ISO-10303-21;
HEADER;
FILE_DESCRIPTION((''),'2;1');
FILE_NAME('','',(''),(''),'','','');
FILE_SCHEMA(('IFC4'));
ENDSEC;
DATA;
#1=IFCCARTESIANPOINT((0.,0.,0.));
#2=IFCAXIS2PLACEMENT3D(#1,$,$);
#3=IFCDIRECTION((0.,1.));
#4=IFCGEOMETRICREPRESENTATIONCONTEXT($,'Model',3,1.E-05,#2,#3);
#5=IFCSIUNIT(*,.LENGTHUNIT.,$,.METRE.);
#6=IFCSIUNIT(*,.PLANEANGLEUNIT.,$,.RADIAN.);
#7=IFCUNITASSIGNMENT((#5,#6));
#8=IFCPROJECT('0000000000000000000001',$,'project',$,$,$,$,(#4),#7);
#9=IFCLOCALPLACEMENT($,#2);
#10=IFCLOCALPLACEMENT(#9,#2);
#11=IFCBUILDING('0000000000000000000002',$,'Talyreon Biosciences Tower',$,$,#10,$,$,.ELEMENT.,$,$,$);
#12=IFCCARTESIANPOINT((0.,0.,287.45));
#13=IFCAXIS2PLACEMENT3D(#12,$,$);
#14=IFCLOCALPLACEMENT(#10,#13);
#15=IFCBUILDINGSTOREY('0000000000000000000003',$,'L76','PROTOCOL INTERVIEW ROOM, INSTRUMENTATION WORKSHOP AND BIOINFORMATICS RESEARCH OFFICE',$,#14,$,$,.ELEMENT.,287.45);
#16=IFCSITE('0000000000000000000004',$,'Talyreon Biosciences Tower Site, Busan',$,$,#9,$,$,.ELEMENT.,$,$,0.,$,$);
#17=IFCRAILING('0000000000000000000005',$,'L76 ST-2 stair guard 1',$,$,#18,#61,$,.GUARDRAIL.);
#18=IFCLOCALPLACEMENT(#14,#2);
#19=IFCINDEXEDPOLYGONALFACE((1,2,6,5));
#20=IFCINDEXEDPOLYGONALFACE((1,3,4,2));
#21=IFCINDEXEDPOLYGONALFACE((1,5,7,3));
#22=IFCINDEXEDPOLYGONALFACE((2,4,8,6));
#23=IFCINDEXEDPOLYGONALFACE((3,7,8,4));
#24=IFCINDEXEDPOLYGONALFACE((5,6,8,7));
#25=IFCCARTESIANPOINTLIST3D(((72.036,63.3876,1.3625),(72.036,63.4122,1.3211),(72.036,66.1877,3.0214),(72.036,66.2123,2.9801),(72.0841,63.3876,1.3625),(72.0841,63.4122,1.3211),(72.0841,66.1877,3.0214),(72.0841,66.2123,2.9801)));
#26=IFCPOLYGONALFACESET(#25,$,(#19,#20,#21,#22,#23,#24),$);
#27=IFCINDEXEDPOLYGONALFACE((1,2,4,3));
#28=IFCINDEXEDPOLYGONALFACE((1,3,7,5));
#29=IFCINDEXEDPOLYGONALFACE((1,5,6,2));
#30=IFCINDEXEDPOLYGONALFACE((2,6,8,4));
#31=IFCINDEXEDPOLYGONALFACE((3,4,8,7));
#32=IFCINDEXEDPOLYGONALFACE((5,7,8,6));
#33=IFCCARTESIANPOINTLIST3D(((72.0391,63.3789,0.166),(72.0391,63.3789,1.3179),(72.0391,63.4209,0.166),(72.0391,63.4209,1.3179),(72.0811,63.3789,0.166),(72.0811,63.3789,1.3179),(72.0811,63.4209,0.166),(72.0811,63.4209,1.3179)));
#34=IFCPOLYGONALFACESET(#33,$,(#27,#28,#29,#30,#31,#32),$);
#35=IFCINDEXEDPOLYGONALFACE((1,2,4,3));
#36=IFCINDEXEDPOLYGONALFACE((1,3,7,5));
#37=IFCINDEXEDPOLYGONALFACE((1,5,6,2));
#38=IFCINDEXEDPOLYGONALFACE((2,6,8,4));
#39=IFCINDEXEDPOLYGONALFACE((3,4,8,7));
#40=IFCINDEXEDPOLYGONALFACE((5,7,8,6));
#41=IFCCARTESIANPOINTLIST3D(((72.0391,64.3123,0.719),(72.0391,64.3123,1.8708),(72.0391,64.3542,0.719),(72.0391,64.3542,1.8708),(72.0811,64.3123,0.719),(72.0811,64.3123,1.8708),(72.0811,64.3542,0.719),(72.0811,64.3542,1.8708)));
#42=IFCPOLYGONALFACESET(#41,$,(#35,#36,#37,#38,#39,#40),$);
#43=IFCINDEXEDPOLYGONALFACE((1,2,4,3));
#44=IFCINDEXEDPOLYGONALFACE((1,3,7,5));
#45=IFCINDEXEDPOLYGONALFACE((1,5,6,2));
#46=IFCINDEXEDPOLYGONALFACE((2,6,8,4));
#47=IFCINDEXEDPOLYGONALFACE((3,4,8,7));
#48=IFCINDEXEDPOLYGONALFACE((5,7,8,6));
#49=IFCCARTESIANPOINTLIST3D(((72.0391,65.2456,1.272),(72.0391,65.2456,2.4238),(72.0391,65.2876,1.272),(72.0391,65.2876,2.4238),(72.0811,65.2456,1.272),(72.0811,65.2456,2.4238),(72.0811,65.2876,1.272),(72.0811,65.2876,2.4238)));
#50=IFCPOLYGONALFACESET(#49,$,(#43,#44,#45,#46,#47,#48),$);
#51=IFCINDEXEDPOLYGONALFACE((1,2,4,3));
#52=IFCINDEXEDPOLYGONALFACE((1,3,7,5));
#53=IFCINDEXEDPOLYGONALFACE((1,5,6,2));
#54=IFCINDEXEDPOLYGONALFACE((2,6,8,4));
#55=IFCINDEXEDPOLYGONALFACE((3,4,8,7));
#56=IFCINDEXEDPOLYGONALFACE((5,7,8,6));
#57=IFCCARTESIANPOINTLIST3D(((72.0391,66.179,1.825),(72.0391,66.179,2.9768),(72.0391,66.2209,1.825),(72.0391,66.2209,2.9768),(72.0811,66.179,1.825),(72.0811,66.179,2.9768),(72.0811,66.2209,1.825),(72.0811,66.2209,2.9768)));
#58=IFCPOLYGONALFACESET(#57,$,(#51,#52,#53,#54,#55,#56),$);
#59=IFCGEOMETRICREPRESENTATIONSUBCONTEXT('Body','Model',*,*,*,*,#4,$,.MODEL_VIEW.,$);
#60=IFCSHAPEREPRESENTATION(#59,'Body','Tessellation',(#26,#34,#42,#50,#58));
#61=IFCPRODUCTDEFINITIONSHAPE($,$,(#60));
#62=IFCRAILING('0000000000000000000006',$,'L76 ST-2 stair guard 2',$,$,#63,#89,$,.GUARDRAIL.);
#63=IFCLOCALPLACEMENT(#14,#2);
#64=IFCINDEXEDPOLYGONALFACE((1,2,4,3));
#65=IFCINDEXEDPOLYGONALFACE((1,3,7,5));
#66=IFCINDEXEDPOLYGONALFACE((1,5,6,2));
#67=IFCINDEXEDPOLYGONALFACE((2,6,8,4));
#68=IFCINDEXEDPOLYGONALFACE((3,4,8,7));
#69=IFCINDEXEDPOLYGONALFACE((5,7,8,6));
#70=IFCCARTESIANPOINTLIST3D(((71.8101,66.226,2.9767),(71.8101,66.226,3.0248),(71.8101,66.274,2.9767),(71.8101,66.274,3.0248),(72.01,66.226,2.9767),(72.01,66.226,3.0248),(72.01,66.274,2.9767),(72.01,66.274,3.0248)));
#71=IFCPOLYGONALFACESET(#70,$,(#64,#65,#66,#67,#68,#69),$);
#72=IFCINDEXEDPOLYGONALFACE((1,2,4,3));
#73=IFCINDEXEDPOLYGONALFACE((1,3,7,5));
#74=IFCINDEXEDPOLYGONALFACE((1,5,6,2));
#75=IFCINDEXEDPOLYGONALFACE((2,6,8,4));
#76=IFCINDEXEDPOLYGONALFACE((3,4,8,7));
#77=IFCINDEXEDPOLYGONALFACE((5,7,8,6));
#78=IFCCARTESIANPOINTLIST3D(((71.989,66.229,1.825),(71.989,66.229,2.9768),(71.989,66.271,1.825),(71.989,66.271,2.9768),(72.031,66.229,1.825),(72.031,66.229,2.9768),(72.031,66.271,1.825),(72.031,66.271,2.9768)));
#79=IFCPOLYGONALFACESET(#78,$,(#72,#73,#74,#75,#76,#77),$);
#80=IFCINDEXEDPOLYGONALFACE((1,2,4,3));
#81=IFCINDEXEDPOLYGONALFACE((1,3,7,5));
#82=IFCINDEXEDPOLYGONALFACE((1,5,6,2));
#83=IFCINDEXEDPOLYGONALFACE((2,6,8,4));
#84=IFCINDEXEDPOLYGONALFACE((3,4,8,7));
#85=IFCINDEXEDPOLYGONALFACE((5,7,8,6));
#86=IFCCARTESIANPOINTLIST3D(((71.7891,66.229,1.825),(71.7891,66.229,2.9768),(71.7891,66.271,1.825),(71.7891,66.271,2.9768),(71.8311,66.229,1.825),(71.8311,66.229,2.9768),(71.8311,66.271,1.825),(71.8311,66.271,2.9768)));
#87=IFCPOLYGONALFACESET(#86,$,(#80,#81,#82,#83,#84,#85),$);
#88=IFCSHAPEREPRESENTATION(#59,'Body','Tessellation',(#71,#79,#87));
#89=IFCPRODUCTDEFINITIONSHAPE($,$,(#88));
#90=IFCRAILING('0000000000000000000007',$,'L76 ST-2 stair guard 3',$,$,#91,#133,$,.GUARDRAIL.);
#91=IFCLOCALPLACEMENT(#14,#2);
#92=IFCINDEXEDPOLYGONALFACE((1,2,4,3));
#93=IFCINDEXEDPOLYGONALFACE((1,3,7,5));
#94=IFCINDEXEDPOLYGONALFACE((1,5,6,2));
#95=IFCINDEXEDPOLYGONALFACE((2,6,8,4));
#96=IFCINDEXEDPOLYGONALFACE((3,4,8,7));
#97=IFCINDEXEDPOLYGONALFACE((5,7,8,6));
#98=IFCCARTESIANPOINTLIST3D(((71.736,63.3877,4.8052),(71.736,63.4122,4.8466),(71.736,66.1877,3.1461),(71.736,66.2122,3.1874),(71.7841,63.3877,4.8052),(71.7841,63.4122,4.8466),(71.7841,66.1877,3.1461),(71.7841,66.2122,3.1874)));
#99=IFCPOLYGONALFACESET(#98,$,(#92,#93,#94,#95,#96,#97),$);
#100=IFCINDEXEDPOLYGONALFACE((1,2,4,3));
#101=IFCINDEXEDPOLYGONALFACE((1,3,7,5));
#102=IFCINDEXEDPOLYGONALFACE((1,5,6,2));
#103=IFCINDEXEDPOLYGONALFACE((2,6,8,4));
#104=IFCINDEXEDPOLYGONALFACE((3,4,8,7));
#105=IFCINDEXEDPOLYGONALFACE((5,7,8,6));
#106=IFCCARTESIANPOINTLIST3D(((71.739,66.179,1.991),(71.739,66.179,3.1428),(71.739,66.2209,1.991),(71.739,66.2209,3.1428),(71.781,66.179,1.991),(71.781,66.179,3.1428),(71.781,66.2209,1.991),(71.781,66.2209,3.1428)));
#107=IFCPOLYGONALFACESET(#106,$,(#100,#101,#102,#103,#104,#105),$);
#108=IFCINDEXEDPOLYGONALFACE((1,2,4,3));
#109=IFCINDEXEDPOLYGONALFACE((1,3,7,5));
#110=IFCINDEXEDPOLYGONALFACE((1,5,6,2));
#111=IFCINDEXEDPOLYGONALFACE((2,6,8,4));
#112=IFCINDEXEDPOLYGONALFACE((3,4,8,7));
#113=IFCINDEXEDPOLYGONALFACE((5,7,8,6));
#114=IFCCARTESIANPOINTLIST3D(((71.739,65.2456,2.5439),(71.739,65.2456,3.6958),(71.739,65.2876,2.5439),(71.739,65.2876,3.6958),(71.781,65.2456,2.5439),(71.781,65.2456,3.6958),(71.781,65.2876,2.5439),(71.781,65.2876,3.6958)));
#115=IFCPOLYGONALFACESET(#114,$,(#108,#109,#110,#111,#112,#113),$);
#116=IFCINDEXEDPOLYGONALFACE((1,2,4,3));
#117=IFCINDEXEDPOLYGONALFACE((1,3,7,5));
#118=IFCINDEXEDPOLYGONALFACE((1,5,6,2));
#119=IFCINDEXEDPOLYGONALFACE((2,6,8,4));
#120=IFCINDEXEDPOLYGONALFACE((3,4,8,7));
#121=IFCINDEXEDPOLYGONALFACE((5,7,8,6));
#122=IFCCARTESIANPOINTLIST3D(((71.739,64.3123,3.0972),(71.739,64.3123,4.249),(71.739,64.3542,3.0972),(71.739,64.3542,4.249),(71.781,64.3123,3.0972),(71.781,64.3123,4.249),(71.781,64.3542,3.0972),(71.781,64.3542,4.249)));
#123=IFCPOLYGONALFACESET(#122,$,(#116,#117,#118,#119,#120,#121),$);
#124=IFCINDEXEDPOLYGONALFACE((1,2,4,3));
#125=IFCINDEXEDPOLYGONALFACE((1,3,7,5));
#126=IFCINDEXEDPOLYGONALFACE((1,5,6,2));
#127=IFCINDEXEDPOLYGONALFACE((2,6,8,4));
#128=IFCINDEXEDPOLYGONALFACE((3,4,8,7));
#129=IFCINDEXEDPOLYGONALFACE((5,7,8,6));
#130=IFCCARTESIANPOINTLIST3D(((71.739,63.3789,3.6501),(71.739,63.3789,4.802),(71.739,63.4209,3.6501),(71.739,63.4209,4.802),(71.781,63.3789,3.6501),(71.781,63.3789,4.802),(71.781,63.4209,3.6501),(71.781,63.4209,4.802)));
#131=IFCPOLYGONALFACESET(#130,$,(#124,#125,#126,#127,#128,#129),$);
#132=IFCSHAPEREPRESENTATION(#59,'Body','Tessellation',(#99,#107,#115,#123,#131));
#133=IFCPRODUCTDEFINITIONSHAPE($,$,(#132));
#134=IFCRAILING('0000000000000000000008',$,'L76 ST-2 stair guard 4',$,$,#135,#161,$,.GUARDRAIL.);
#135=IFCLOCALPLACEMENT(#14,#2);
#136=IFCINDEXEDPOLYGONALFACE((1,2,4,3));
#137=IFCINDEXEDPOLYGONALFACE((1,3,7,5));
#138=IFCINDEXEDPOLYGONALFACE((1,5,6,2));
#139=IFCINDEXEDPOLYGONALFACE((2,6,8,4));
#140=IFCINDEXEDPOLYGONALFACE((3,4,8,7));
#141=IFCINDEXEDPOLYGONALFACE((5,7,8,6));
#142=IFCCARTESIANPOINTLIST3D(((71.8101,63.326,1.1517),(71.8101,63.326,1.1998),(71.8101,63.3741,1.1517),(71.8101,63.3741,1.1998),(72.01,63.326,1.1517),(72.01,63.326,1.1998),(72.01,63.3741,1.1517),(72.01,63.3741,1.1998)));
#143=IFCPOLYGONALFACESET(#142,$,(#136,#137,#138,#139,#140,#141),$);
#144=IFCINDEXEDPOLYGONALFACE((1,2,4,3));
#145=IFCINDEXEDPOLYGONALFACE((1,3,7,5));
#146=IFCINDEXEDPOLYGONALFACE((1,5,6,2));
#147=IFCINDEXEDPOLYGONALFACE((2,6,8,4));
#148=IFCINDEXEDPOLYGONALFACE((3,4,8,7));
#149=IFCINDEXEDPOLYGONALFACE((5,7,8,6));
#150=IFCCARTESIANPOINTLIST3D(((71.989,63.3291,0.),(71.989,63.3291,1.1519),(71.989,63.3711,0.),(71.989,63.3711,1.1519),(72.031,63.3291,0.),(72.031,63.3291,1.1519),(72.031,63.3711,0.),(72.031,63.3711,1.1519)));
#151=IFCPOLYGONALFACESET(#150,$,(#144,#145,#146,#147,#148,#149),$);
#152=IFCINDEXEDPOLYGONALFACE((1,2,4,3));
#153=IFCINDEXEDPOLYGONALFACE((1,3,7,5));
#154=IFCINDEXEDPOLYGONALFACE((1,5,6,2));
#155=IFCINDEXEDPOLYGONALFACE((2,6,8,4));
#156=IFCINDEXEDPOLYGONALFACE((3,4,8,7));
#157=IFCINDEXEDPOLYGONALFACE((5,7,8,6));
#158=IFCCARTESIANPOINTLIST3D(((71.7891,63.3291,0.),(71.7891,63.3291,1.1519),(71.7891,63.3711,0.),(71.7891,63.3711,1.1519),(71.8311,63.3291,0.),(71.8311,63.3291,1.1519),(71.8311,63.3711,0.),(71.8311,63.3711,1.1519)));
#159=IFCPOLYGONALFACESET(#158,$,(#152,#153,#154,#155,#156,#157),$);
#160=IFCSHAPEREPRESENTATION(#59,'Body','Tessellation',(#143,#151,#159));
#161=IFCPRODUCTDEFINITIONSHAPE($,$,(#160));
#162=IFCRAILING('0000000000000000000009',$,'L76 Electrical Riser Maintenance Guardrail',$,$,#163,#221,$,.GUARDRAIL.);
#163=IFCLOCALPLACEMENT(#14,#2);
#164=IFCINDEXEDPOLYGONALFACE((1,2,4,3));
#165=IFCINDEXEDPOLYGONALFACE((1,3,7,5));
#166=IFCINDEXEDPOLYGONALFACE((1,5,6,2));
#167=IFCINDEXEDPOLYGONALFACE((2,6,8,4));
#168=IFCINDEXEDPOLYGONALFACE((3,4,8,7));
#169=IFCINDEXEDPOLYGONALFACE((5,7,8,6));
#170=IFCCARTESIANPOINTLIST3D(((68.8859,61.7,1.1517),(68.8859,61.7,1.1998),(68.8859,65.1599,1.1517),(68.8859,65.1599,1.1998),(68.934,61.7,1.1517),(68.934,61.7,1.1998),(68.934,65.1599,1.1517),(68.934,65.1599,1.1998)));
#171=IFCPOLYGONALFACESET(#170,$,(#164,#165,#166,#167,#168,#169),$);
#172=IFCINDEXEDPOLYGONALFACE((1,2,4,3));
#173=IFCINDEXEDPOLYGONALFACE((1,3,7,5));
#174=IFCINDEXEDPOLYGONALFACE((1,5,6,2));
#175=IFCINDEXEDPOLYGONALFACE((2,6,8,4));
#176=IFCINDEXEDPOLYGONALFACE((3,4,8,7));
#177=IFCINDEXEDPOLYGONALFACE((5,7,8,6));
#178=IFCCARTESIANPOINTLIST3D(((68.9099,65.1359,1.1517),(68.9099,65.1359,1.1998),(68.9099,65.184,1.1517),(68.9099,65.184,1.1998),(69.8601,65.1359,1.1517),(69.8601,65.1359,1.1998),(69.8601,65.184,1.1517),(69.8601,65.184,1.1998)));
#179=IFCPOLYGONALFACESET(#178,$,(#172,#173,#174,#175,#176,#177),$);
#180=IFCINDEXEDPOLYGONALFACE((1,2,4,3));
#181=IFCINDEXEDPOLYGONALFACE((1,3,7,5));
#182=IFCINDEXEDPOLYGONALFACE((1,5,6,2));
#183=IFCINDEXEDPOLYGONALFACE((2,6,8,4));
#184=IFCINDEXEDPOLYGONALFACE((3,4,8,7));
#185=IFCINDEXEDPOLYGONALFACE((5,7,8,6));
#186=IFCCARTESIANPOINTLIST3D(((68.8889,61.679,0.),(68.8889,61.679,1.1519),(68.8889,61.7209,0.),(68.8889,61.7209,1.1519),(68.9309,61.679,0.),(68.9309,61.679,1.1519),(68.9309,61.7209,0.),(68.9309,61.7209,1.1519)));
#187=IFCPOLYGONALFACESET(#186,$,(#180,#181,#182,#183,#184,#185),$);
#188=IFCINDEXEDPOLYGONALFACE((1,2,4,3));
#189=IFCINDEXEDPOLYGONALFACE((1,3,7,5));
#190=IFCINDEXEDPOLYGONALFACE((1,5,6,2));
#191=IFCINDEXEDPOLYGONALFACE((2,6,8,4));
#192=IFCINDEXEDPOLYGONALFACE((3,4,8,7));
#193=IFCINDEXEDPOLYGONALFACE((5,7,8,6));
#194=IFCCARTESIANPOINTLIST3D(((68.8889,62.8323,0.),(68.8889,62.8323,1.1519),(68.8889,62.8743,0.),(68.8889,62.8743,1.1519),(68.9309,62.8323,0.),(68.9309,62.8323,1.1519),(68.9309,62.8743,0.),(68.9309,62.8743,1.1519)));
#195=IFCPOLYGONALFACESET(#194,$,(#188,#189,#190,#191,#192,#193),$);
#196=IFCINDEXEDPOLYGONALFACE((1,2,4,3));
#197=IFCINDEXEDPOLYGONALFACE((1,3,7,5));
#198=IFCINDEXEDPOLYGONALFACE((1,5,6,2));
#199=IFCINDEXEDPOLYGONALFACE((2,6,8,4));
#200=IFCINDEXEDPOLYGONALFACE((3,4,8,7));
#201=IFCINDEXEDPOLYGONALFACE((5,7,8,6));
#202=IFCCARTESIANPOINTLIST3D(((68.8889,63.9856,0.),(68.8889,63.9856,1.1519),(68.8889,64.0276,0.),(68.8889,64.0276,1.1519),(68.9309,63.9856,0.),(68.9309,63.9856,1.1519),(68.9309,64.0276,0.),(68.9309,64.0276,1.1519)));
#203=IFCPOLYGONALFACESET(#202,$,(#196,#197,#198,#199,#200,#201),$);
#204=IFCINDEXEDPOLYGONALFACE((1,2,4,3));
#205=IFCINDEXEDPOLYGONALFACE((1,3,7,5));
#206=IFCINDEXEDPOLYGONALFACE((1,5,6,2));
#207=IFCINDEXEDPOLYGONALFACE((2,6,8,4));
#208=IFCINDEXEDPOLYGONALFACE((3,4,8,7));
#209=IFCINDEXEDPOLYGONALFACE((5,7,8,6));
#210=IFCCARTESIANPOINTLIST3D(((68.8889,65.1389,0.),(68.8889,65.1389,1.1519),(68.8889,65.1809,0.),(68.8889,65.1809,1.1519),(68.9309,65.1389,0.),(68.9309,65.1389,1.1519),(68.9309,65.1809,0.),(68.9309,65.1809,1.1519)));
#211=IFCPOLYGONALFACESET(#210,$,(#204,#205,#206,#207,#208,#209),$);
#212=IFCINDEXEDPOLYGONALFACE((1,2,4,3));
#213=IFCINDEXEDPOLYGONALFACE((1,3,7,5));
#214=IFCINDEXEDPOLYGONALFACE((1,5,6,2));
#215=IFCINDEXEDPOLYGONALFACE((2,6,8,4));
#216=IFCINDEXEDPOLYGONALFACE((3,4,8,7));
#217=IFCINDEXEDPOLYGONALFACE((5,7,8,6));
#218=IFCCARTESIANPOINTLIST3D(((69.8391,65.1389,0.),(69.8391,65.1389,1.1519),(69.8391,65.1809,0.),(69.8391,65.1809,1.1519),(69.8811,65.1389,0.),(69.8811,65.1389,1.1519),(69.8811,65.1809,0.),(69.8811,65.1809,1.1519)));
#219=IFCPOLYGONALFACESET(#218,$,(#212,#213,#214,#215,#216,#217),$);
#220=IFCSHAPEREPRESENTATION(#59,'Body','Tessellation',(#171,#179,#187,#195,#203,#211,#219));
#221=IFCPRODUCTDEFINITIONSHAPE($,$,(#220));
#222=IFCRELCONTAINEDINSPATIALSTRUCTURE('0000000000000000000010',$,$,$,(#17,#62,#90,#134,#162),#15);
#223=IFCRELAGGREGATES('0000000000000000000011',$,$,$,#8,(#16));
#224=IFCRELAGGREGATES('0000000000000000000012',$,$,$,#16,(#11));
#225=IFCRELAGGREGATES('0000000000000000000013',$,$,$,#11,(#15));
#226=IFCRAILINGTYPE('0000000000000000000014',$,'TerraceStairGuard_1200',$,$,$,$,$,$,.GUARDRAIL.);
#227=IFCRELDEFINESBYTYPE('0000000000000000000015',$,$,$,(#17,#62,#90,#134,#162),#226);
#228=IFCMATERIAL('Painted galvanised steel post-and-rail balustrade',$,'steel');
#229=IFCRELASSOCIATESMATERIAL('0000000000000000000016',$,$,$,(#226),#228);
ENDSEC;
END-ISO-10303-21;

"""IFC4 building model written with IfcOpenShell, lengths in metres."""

from ifc_helpers import new_model, si_unit, direction, frame, origin, origin_2d, place, context, subcontext, project, spatial, rectangle, extrude, material, type_object, element, save


model = new_model("IFC4")

# Units and contexts
model_context = context("Model", 3, precision=1e-05, world=origin(), true_north=direction((0.0, 1.0)))
body_context = subcontext(model_context, "Body", "Model", "MODEL_VIEW")
ifc_project = project(units=[si_unit("LENGTHUNIT", "METRE"), si_unit("PLANEANGLEUNIT", "RADIAN")], contexts=[model_context])

# Site, building, storey
site_placement = place(None, origin())
site = spatial("IfcSite", under=ifc_project, at=site_placement, Name="Talyreon Biosciences Tower Site, Busan", CompositionType="ELEMENT", RefElevation=0.0)
building_placement = place(site_placement, origin())
building = spatial("IfcBuilding", under=site, at=building_placement, Name="Talyreon Biosciences Tower", CompositionType="ELEMENT")
storey_placement = place(building_placement, frame((0.0, 0.0, 287.45)))
storey = spatial("IfcBuildingStorey", under=building, at=storey_placement, Name="L76", Description="PROTOCOL INTERVIEW ROOM, INSTRUMENTATION WORKSHOP AND BIOINFORMATICS RESEARCH OFFICE", CompositionType="ELEMENT", Elevation=287.45)

# Railings
ifc_material_1 = material(Name="Painted galvanised steel post-and-rail balustrade", Category="steel")
railing_type_1 = type_object("IfcRailingType", Name="TerraceStairGuard_1200", PredefinedType="GUARDRAIL", material=ifc_material_1)
railing_1_placement = place(storey_placement, frame((72.0601, 63.3999, 0.166)))
element("IfcRailing", 1, at=railing_1_placement, inside=storey, type_object=railing_type_1, Name="L76 ST-2 stair guard 1", PredefinedType="GUARDRAIL", context=body_context, shape_type="SweptSolid", body=[
    extrude(rectangle(XDim=0.0481, YDim=0.0481, at=origin_2d()), frame((0.0, 0.0, 1.1758), z_axis=(0.0, 0.860339, 0.509722), x_axis=(-1.0, 0.0, 0.0)), (0.0, 0.0, 1.0), 3.2546),
    extrude(rectangle(XDim=0.042, YDim=0.042, at=origin_2d()), origin(), (0.0, 0.0, 1.0), 1.1519),
    extrude(rectangle(XDim=0.042, YDim=0.042, at=origin_2d()), frame((0.0, 0.9333, 0.553)), (0.0, 0.0, 1.0), 1.1519),
    extrude(rectangle(XDim=0.042, YDim=0.042, at=origin_2d()), frame((0.0, 1.8667, 1.106)), (0.0, 0.0, 1.0), 1.1519),
    extrude(rectangle(XDim=0.042, YDim=0.042, at=origin_2d()), frame((0.0, 2.8, 1.6589)), (0.0, 0.0, 1.0), 1.1519),
])
railing_2_placement = place(storey_placement, frame((72.01, 66.25, 1.825)))
element("IfcRailing", 2, at=railing_2_placement, inside=storey, type_object=railing_type_1, Name="L76 ST-2 stair guard 2", PredefinedType="GUARDRAIL", context=body_context, shape_type="SweptSolid", body=[
    extrude(rectangle(XDim=0.0481, YDim=0.0481, at=origin_2d()), frame((0.0, 0.0, 1.1758), z_axis=(-1.0, 0.0, 0.0), x_axis=(0.0, -1.0, 0.0)), (0.0, 0.0, 1.0), 0.2),
    extrude(rectangle(XDim=0.042, YDim=0.042, at=origin_2d()), origin(), (0.0, 0.0, 1.0), 1.1519),
    extrude(rectangle(XDim=0.042, YDim=0.042, at=origin_2d()), frame((-0.2, 0.0, 0.0)), (0.0, 0.0, 1.0), 1.1519),
])
railing_3_placement = place(storey_placement, frame((71.76, 66.2, 1.991)))
element("IfcRailing", 3, at=railing_3_placement, inside=storey, type_object=railing_type_1, Name="L76 ST-2 stair guard 3", PredefinedType="GUARDRAIL", context=body_context, shape_type="SweptSolid", body=[
    extrude(rectangle(XDim=0.0481, YDim=0.0481, at=origin_2d()), frame((0.0, 0.0, 1.1758), z_axis=(0.0, -0.860306, 0.509778), x_axis=(1.0, 0.0, 0.0)), (0.0, 0.0, 1.0), 3.2546),
    extrude(rectangle(XDim=0.042, YDim=0.042, at=origin_2d()), origin(), (0.0, 0.0, 1.0), 1.1519),
    extrude(rectangle(XDim=0.042, YDim=0.042, at=origin_2d()), frame((0.0, -0.9333, 0.553)), (0.0, 0.0, 1.0), 1.1519),
    extrude(rectangle(XDim=0.042, YDim=0.042, at=origin_2d()), frame((0.0, -1.8667, 1.1062)), (0.0, 0.0, 1.0), 1.1519),
    extrude(rectangle(XDim=0.042, YDim=0.042, at=origin_2d()), frame((0.0, -2.8, 1.6592)), (0.0, 0.0, 1.0), 1.1519),
])
railing_4_placement = place(storey_placement, frame((72.01, 63.3501, 0.0)))
element("IfcRailing", 4, at=railing_4_placement, inside=storey, type_object=railing_type_1, Name="L76 ST-2 stair guard 4", PredefinedType="GUARDRAIL", context=body_context, shape_type="SweptSolid", body=[
    extrude(rectangle(XDim=0.0481, YDim=0.0481, at=origin_2d()), frame((0.0, 0.0, 1.1758), z_axis=(-1.0, 0.0, 0.0), x_axis=(0.0, -1.0, 0.0)), (0.0, 0.0, 1.0), 0.2),
    extrude(rectangle(XDim=0.042, YDim=0.042, at=origin_2d()), origin(), (0.0, 0.0, 1.0), 1.1519),
    extrude(rectangle(XDim=0.042, YDim=0.042, at=origin_2d()), frame((-0.2, 0.0, 0.0)), (0.0, 0.0, 1.0), 1.1519),
])
railing_5_placement = place(storey_placement, frame((68.9099, 61.7, 0.0)))
element("IfcRailing", 5, at=railing_5_placement, inside=storey, type_object=railing_type_1, Name="L76 Electrical Riser Maintenance Guardrail", PredefinedType="GUARDRAIL", context=body_context, shape_type="SweptSolid", body=[
    extrude(rectangle(XDim=0.0481, YDim=0.0481, at=origin_2d()), frame((0.0, 0.0, 1.1758), z_axis=(0.0, 1.0, 0.0), x_axis=(-1.0, 0.0, 0.0)), (0.0, 0.0, 1.0), 3.46),
    extrude(rectangle(XDim=0.0481, YDim=0.0481, at=origin_2d()), frame((0.0, 3.46, 1.1758), z_axis=(1.0, 0.0, 0.0), x_axis=(0.0, 1.0, 0.0)), (0.0, 0.0, 1.0), 0.9502),
    extrude(rectangle(XDim=0.042, YDim=0.042, at=origin_2d()), origin(), (0.0, 0.0, 1.0), 1.1519),
    extrude(rectangle(XDim=0.042, YDim=0.042, at=origin_2d()), frame((0.0, 1.1533, 0.0)), (0.0, 0.0, 1.0), 1.1519),
    extrude(rectangle(XDim=0.042, YDim=0.042, at=origin_2d()), frame((0.0, 2.3066, 0.0)), (0.0, 0.0, 1.0), 1.1519),
    extrude(rectangle(XDim=0.042, YDim=0.042, at=origin_2d()), frame((0.0, 3.46, 0.0)), (0.0, 0.0, 1.0), 1.1519),
    extrude(rectangle(XDim=0.042, YDim=0.042, at=origin_2d()), frame((0.9502, 3.46, 0.0)), (0.0, 0.0, 1.0), 1.1519),
])

save(model, "model.ifc")
